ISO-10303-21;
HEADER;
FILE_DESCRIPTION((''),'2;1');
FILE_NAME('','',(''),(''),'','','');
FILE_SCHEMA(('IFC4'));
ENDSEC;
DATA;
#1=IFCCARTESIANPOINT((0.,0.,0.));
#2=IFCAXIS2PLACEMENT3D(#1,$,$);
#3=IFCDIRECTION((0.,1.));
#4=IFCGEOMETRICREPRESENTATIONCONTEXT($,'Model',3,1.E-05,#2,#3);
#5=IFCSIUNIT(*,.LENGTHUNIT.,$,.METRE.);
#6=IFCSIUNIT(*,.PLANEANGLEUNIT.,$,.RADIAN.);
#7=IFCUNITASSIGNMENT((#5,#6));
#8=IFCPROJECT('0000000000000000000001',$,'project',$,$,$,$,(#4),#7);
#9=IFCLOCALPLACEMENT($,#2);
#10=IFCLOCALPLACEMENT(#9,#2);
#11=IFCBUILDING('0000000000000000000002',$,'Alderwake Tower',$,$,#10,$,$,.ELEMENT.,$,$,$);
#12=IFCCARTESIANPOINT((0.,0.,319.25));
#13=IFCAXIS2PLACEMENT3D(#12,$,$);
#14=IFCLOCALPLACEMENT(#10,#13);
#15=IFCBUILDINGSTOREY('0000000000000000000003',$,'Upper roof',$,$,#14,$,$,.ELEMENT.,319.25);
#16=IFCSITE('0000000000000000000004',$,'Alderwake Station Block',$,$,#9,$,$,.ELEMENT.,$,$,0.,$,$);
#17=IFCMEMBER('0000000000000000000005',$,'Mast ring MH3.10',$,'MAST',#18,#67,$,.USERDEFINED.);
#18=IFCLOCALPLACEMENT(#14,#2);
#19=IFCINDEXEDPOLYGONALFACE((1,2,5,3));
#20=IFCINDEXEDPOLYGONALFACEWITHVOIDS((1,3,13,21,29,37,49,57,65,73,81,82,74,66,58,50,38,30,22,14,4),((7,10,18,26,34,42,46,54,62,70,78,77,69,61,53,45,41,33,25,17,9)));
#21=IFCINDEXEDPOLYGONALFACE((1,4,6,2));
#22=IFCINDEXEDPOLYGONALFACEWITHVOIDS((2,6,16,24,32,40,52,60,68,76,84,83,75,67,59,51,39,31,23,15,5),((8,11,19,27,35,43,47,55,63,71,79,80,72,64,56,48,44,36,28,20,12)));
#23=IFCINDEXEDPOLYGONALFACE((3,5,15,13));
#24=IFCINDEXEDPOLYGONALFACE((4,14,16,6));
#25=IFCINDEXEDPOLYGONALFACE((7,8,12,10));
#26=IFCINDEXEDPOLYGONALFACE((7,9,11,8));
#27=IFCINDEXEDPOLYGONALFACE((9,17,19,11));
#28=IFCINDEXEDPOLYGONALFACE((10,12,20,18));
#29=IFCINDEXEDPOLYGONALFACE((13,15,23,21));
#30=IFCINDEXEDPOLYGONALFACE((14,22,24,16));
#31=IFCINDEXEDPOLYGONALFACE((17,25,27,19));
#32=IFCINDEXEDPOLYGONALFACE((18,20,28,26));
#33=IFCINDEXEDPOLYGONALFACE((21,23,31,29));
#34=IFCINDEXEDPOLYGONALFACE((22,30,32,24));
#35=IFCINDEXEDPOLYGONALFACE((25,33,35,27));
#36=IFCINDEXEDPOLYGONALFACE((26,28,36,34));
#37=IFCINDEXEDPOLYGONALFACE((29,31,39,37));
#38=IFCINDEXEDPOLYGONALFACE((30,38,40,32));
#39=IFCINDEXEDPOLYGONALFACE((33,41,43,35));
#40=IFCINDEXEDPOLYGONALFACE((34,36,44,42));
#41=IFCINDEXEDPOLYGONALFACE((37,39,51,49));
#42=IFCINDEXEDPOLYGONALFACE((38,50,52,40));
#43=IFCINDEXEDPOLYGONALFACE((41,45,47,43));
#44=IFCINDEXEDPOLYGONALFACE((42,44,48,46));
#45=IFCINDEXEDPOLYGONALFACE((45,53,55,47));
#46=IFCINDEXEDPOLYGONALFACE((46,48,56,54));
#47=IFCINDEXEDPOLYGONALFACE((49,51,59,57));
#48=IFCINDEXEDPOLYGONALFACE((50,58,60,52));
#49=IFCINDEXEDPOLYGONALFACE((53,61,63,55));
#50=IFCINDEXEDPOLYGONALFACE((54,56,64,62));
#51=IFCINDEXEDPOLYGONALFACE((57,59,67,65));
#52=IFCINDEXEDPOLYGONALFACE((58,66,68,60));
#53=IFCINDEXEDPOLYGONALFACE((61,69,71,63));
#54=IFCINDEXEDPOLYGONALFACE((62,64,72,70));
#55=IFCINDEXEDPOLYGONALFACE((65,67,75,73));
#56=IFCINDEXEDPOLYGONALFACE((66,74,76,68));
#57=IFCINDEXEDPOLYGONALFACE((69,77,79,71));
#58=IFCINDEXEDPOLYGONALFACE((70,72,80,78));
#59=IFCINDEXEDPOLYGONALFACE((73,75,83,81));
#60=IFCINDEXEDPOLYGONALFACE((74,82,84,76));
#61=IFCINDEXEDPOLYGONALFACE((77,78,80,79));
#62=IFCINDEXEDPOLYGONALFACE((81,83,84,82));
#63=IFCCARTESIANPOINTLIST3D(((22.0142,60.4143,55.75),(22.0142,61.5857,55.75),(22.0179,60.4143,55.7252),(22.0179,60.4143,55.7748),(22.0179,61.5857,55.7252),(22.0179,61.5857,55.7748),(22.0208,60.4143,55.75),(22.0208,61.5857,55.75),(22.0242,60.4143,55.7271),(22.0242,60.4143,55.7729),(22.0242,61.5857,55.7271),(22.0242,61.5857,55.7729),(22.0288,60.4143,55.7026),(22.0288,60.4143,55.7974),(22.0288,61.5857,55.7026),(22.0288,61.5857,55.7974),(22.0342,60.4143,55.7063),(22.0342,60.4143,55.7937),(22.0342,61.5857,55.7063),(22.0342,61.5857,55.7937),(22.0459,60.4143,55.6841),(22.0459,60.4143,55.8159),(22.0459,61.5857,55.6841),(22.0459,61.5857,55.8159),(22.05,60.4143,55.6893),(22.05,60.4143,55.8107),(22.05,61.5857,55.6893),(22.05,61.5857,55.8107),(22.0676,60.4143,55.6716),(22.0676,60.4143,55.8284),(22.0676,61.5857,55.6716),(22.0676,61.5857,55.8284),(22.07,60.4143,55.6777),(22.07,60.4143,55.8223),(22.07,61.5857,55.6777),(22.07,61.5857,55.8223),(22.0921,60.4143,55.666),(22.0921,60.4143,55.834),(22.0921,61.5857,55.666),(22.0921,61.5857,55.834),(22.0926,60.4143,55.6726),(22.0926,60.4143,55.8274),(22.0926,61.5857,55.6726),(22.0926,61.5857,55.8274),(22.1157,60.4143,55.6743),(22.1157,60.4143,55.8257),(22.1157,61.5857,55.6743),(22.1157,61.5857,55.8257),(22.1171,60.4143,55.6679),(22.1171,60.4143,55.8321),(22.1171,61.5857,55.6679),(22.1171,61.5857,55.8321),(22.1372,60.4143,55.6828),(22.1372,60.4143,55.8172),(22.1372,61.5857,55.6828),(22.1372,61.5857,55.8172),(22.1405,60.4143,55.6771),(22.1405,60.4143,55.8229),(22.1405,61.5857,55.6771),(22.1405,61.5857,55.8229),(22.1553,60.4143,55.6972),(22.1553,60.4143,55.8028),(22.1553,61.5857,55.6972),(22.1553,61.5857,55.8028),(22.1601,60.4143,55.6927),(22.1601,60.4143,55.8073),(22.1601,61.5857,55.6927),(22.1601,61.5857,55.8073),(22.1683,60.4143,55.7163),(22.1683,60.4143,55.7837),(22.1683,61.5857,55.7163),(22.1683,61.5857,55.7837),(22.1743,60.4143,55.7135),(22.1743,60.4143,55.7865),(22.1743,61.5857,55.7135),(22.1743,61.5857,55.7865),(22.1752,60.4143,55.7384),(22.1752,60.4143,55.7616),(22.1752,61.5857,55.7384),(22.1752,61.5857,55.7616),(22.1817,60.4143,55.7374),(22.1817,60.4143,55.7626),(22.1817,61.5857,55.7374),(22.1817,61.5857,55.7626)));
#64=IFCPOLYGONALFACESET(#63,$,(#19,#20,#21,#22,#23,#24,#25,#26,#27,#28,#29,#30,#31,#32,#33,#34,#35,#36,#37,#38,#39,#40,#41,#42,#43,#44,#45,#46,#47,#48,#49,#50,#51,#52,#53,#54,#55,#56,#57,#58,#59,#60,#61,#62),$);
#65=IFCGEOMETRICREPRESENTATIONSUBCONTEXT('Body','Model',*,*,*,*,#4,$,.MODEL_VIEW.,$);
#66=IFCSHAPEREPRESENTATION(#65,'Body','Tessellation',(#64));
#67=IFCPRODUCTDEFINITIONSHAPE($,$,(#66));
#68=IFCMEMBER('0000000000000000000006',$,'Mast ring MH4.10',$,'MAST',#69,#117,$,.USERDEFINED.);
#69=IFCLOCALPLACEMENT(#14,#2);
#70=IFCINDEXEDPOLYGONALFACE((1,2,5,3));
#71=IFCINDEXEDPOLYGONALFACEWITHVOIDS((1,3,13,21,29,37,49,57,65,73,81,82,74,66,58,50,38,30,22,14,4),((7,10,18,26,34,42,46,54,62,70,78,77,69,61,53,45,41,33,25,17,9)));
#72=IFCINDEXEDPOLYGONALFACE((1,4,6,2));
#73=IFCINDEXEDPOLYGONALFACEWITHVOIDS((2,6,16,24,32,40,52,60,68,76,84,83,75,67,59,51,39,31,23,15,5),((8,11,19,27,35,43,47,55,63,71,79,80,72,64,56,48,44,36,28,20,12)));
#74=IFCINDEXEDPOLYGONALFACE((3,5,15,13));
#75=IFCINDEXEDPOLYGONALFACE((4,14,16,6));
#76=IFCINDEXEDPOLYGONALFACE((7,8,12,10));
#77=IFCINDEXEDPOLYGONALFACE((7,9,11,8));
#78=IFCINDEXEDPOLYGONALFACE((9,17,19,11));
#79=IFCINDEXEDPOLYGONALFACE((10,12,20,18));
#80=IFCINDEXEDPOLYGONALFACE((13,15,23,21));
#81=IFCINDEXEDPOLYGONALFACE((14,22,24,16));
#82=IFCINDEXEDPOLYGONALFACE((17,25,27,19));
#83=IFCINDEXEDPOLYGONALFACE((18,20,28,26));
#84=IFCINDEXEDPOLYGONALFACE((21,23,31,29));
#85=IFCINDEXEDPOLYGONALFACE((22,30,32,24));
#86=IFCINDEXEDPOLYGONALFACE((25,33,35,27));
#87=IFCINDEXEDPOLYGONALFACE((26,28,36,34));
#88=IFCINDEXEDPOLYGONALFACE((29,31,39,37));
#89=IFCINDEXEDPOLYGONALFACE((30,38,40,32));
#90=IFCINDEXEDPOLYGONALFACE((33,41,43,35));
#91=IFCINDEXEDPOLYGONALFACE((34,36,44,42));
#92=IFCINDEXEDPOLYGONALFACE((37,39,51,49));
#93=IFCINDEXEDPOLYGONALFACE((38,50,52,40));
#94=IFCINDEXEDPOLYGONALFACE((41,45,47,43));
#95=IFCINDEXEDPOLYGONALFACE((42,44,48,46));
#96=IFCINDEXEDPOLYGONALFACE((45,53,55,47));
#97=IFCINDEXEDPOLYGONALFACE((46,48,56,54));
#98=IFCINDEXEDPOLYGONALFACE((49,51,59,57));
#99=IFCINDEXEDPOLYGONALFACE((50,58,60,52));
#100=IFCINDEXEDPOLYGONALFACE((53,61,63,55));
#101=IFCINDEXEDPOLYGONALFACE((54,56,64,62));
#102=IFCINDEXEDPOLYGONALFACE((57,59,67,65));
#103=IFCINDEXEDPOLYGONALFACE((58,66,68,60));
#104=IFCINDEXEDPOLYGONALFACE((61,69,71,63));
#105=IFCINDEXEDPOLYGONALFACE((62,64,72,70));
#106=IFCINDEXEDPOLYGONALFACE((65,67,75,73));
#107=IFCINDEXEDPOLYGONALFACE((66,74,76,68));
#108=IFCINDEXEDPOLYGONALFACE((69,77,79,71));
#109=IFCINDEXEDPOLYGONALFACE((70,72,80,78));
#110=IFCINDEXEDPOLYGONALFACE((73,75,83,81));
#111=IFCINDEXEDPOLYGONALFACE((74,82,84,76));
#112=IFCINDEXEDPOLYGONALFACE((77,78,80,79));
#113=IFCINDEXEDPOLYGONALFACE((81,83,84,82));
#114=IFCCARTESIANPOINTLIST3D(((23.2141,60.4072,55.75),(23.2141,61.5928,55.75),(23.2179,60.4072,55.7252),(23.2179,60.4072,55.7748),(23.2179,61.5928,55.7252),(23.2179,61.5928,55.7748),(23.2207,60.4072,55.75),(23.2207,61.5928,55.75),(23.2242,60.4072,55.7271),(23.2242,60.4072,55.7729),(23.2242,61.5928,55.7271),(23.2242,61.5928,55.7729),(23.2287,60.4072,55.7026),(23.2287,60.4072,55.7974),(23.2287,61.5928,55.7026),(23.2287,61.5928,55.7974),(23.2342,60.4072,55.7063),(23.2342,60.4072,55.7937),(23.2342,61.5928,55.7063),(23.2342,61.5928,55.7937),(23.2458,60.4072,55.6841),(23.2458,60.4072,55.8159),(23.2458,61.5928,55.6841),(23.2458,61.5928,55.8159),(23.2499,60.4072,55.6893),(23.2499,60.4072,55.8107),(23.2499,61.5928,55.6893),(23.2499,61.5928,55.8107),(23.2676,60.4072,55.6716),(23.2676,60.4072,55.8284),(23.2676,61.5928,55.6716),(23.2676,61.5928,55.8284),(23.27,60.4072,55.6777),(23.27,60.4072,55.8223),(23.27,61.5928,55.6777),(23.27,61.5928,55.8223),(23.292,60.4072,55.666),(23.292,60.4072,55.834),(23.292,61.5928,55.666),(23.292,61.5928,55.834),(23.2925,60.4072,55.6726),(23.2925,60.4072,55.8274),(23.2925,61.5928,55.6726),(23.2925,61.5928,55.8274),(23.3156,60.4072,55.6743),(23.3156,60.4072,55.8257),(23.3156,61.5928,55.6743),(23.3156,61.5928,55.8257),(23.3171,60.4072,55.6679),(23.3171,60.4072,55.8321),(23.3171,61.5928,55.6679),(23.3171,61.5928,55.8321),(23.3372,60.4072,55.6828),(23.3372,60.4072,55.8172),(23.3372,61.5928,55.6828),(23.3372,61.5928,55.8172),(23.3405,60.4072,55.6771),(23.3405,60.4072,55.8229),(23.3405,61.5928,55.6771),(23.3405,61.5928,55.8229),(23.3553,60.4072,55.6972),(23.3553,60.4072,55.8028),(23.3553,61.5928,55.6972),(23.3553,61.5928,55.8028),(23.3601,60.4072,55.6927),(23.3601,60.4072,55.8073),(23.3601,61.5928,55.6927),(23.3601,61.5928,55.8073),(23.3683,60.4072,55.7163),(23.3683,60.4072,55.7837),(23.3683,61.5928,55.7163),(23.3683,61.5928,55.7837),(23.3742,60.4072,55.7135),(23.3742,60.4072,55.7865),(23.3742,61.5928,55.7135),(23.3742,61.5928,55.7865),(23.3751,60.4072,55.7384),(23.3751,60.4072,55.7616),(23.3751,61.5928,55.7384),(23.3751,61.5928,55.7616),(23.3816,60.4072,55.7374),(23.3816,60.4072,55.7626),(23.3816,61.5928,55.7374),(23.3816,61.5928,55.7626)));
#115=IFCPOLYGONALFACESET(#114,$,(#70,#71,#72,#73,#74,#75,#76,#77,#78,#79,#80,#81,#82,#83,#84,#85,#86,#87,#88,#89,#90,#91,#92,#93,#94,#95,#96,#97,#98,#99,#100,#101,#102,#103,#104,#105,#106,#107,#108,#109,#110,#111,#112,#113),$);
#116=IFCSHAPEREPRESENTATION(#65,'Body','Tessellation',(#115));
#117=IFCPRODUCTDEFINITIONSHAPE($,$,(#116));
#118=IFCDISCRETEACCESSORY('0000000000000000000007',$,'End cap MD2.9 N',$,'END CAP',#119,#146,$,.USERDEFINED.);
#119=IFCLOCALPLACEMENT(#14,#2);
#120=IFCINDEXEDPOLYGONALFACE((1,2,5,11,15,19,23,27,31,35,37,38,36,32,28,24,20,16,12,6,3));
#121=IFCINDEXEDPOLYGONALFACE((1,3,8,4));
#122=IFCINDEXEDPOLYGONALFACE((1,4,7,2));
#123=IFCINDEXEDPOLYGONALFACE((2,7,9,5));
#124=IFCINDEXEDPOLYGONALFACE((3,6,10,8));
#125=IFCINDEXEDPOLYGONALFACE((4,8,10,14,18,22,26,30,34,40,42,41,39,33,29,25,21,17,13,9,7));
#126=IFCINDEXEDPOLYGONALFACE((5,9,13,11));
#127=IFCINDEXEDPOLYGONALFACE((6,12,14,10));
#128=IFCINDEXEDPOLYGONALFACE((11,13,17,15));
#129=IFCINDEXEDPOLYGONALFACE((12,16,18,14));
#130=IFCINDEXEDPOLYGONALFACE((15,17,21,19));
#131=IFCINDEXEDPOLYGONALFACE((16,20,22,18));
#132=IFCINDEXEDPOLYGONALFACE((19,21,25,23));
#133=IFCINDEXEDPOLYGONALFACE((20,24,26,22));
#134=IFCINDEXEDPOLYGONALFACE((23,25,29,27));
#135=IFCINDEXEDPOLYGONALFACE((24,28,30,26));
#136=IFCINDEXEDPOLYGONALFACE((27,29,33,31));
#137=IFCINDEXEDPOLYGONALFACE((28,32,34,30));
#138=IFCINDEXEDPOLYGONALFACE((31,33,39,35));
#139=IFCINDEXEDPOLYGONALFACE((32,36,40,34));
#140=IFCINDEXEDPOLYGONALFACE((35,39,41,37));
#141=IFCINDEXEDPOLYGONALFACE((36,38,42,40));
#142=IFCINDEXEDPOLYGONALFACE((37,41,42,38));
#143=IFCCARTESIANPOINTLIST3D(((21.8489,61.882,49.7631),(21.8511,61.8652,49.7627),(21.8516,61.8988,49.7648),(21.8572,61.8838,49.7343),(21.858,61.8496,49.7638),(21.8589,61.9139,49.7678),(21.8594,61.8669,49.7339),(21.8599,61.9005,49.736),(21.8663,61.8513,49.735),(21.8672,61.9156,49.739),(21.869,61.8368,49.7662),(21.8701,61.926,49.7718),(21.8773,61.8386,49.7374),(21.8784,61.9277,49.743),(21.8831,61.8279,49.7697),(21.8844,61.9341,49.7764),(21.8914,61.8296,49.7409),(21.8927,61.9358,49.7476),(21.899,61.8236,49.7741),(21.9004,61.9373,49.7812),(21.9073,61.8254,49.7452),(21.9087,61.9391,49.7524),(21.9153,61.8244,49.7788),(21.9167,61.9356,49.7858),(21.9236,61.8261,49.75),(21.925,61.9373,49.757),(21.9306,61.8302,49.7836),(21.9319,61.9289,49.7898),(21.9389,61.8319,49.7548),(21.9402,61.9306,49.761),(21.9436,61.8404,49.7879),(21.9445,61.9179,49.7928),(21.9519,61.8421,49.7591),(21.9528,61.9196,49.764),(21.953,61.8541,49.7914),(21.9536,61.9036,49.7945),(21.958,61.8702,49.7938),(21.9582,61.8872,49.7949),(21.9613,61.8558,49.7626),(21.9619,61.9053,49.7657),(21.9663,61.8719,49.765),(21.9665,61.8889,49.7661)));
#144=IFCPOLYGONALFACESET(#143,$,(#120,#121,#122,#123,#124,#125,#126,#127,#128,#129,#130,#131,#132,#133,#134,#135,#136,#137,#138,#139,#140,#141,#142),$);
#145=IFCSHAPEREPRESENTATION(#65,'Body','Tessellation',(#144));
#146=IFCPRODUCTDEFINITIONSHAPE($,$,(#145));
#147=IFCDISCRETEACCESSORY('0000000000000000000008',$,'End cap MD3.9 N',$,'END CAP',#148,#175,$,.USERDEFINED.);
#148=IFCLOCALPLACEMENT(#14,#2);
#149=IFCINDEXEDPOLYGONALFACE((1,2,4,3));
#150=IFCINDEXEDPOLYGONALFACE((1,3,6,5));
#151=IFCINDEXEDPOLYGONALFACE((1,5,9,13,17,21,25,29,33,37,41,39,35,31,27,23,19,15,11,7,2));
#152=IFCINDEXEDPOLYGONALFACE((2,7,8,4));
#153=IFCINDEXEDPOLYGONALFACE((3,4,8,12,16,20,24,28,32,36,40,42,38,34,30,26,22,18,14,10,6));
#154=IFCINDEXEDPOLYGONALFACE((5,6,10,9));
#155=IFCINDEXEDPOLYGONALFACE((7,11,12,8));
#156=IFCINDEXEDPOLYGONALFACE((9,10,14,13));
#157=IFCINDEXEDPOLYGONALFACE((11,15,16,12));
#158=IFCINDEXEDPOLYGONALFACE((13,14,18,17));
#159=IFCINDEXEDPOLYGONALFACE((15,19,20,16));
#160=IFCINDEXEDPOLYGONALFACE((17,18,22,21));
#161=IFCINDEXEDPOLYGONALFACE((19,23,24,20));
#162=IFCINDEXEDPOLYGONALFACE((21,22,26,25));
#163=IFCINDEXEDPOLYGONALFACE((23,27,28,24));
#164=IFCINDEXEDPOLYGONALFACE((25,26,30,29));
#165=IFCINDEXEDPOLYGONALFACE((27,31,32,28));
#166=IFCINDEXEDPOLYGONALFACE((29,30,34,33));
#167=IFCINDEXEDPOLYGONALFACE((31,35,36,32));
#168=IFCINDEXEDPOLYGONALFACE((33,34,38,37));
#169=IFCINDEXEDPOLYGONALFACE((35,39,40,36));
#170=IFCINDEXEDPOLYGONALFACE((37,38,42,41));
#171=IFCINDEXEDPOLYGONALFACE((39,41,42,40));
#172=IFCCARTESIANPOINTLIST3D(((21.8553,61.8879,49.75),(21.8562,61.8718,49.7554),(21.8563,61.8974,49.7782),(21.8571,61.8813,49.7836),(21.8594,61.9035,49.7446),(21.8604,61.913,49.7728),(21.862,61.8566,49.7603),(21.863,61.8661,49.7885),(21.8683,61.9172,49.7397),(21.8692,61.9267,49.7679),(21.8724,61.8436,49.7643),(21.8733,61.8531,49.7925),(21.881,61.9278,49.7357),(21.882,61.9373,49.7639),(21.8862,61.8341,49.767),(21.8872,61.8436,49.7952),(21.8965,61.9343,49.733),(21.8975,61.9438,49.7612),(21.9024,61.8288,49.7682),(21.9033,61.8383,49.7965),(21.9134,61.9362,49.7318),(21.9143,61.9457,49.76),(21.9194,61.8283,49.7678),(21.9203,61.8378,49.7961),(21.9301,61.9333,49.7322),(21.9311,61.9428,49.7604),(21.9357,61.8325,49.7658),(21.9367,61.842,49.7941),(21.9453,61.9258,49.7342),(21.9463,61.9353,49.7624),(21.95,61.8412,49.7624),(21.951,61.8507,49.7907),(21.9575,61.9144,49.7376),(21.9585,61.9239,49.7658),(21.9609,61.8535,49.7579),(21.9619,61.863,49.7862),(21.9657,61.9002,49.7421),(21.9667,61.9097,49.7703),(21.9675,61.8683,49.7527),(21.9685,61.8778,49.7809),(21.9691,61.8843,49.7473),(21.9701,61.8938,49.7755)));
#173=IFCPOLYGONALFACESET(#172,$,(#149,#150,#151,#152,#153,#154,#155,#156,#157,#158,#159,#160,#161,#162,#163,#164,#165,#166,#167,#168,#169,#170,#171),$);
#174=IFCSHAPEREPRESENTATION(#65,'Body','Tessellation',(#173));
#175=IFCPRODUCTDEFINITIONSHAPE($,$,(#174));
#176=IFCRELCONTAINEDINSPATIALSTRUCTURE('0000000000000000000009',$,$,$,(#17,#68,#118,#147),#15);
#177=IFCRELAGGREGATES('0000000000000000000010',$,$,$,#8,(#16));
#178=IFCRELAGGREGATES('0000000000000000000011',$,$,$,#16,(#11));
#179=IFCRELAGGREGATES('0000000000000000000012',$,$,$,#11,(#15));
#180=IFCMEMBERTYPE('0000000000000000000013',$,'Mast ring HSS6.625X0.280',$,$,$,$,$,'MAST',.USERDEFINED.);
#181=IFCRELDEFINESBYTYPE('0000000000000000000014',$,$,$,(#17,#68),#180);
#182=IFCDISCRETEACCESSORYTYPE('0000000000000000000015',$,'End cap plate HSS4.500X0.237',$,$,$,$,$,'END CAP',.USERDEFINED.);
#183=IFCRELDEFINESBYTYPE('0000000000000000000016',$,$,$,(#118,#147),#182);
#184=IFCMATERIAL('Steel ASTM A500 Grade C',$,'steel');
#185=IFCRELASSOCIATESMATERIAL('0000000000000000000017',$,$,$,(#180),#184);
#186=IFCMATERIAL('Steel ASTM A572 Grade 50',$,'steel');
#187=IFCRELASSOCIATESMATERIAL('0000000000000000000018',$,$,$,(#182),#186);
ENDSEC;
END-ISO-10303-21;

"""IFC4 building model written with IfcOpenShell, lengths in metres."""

from ifc_helpers import new_model, si_unit, direction, frame, origin, origin_2d, place, context, subcontext, project, spatial, circle, hollow_circle, extrude, material, material_profile, profile_set, type_object, element, save


model = new_model("IFC4")

# Units and contexts
model_context = context("Model", 3, precision=1e-05, world=origin(), true_north=direction((0.0, 1.0)))
body_context = subcontext(model_context, "Body", "Model", "MODEL_VIEW")
ifc_project = project(units=[si_unit("LENGTHUNIT", "METRE"), si_unit("PLANEANGLEUNIT", "RADIAN")], contexts=[model_context])

# Site, building, storey
site_placement = place(None, origin())
site = spatial("IfcSite", under=ifc_project, at=site_placement, Name="Alderwake Station Block", CompositionType="ELEMENT", RefElevation=0.0)
building_placement = place(site_placement, origin())
building = spatial("IfcBuilding", under=site, at=building_placement, Name="Alderwake Tower", CompositionType="ELEMENT")
storey_placement = place(building_placement, frame((0.0, 0.0, 319.25)))
storey = spatial("IfcBuildingStorey", under=building, at=storey_placement, Name="Upper roof", CompositionType="ELEMENT", Elevation=319.25)

# Members
ifc_material_1 = material(Name="Steel ASTM A500 Grade C", Category="steel")
ifc_material_profile_1 = material_profile(ifc_material_1, hollow_circle(Radius=0.0842, WallThickness=0.0066, at=origin_2d()), Name="HSS6.625X0.280")
ifc_profile_set_1 = profile_set([ifc_material_profile_1], Name="Steel ASTM A500 Grade C")
member_type_1 = type_object("IfcMemberType", Name="Mast ring HSS6.625X0.280", ElementType="MAST", PredefinedType="USERDEFINED", material=ifc_profile_set_1)
member_1_placement = place(storey_placement, frame((22.0984, 60.4143, 55.75), z_axis=(0.0, 1.0, 0.0), x_axis=(-1.0, 0.0, 0.0)))
element("IfcMember", 1, at=member_1_placement, inside=storey, type_object=member_type_1, Name="Mast ring MH3.10", ObjectType="MAST", PredefinedType="USERDEFINED", context=body_context, shape_type="SweptSolid", body=[
    extrude(hollow_circle(Radius=0.0842, WallThickness=0.0066, at=origin_2d()), origin(), (0.0, 0.0, 1.0), 1.1714),
])
member_2_placement = place(storey_placement, frame((23.2983, 60.4072, 55.75), z_axis=(0.0, 1.0, 0.0), x_axis=(-1.0, 0.0, 0.0)))
element("IfcMember", 2, at=member_2_placement, inside=storey, type_object=member_type_1, Name="Mast ring MH4.10", ObjectType="MAST", PredefinedType="USERDEFINED", context=body_context, shape_type="SweptSolid", body=[
    extrude(hollow_circle(Radius=0.0842, WallThickness=0.0066, at=origin_2d()), origin(), (0.0, 0.0, 1.0), 1.1855),
])

# Discrete accessories
ifc_material_2 = material(Name="Steel ASTM A572 Grade 50", Category="steel")
ifc_material_profile_2 = material_profile(ifc_material_2, circle(Radius=0.0571, at=origin_2d()), Name="HSS4.500X0.237 cap")
ifc_profile_set_2 = profile_set([ifc_material_profile_2], Name="Steel ASTM A572 Grade 50")
discrete_accessory_type = type_object("IfcDiscreteAccessoryType", Name="End cap plate HSS4.500X0.237", ElementType="END CAP", PredefinedType="USERDEFINED", material=ifc_profile_set_2)
discrete_accessory_1_placement = place(storey_placement, frame((21.9121, 61.8821, 49.75), z_axis=(-0.276423, -0.056911, 0.95935), x_axis=(0.201653, -0.979457, 0.0)))
element("IfcDiscreteAccessory", 3, at=discrete_accessory_1_placement, inside=storey, type_object=discrete_accessory_type, Name="End cap MD2.9 N", ObjectType="END CAP", PredefinedType="USERDEFINED", context=body_context, shape_type="SweptSolid", body=[
    extrude(circle(Radius=0.0571, at=origin_2d()), origin(), (0.0, 0.0, 1.0), 0.03),
])
discrete_accessory_2_placement = place(storey_placement, frame((21.9121, 61.8821, 49.75), z_axis=(0.032667, 0.318508, 0.947357), x_axis=(-0.994781, 0.102029, 0.0)))
element("IfcDiscreteAccessory", 4, at=discrete_accessory_2_placement, inside=storey, type_object=discrete_accessory_type, Name="End cap MD3.9 N", ObjectType="END CAP", PredefinedType="USERDEFINED", context=body_context, shape_type="SweptSolid", body=[
    extrude(circle(Radius=0.0571, at=origin_2d()), origin(), (0.0, 0.0, 1.0), 0.0298),
])

save(model, "model.ifc")
